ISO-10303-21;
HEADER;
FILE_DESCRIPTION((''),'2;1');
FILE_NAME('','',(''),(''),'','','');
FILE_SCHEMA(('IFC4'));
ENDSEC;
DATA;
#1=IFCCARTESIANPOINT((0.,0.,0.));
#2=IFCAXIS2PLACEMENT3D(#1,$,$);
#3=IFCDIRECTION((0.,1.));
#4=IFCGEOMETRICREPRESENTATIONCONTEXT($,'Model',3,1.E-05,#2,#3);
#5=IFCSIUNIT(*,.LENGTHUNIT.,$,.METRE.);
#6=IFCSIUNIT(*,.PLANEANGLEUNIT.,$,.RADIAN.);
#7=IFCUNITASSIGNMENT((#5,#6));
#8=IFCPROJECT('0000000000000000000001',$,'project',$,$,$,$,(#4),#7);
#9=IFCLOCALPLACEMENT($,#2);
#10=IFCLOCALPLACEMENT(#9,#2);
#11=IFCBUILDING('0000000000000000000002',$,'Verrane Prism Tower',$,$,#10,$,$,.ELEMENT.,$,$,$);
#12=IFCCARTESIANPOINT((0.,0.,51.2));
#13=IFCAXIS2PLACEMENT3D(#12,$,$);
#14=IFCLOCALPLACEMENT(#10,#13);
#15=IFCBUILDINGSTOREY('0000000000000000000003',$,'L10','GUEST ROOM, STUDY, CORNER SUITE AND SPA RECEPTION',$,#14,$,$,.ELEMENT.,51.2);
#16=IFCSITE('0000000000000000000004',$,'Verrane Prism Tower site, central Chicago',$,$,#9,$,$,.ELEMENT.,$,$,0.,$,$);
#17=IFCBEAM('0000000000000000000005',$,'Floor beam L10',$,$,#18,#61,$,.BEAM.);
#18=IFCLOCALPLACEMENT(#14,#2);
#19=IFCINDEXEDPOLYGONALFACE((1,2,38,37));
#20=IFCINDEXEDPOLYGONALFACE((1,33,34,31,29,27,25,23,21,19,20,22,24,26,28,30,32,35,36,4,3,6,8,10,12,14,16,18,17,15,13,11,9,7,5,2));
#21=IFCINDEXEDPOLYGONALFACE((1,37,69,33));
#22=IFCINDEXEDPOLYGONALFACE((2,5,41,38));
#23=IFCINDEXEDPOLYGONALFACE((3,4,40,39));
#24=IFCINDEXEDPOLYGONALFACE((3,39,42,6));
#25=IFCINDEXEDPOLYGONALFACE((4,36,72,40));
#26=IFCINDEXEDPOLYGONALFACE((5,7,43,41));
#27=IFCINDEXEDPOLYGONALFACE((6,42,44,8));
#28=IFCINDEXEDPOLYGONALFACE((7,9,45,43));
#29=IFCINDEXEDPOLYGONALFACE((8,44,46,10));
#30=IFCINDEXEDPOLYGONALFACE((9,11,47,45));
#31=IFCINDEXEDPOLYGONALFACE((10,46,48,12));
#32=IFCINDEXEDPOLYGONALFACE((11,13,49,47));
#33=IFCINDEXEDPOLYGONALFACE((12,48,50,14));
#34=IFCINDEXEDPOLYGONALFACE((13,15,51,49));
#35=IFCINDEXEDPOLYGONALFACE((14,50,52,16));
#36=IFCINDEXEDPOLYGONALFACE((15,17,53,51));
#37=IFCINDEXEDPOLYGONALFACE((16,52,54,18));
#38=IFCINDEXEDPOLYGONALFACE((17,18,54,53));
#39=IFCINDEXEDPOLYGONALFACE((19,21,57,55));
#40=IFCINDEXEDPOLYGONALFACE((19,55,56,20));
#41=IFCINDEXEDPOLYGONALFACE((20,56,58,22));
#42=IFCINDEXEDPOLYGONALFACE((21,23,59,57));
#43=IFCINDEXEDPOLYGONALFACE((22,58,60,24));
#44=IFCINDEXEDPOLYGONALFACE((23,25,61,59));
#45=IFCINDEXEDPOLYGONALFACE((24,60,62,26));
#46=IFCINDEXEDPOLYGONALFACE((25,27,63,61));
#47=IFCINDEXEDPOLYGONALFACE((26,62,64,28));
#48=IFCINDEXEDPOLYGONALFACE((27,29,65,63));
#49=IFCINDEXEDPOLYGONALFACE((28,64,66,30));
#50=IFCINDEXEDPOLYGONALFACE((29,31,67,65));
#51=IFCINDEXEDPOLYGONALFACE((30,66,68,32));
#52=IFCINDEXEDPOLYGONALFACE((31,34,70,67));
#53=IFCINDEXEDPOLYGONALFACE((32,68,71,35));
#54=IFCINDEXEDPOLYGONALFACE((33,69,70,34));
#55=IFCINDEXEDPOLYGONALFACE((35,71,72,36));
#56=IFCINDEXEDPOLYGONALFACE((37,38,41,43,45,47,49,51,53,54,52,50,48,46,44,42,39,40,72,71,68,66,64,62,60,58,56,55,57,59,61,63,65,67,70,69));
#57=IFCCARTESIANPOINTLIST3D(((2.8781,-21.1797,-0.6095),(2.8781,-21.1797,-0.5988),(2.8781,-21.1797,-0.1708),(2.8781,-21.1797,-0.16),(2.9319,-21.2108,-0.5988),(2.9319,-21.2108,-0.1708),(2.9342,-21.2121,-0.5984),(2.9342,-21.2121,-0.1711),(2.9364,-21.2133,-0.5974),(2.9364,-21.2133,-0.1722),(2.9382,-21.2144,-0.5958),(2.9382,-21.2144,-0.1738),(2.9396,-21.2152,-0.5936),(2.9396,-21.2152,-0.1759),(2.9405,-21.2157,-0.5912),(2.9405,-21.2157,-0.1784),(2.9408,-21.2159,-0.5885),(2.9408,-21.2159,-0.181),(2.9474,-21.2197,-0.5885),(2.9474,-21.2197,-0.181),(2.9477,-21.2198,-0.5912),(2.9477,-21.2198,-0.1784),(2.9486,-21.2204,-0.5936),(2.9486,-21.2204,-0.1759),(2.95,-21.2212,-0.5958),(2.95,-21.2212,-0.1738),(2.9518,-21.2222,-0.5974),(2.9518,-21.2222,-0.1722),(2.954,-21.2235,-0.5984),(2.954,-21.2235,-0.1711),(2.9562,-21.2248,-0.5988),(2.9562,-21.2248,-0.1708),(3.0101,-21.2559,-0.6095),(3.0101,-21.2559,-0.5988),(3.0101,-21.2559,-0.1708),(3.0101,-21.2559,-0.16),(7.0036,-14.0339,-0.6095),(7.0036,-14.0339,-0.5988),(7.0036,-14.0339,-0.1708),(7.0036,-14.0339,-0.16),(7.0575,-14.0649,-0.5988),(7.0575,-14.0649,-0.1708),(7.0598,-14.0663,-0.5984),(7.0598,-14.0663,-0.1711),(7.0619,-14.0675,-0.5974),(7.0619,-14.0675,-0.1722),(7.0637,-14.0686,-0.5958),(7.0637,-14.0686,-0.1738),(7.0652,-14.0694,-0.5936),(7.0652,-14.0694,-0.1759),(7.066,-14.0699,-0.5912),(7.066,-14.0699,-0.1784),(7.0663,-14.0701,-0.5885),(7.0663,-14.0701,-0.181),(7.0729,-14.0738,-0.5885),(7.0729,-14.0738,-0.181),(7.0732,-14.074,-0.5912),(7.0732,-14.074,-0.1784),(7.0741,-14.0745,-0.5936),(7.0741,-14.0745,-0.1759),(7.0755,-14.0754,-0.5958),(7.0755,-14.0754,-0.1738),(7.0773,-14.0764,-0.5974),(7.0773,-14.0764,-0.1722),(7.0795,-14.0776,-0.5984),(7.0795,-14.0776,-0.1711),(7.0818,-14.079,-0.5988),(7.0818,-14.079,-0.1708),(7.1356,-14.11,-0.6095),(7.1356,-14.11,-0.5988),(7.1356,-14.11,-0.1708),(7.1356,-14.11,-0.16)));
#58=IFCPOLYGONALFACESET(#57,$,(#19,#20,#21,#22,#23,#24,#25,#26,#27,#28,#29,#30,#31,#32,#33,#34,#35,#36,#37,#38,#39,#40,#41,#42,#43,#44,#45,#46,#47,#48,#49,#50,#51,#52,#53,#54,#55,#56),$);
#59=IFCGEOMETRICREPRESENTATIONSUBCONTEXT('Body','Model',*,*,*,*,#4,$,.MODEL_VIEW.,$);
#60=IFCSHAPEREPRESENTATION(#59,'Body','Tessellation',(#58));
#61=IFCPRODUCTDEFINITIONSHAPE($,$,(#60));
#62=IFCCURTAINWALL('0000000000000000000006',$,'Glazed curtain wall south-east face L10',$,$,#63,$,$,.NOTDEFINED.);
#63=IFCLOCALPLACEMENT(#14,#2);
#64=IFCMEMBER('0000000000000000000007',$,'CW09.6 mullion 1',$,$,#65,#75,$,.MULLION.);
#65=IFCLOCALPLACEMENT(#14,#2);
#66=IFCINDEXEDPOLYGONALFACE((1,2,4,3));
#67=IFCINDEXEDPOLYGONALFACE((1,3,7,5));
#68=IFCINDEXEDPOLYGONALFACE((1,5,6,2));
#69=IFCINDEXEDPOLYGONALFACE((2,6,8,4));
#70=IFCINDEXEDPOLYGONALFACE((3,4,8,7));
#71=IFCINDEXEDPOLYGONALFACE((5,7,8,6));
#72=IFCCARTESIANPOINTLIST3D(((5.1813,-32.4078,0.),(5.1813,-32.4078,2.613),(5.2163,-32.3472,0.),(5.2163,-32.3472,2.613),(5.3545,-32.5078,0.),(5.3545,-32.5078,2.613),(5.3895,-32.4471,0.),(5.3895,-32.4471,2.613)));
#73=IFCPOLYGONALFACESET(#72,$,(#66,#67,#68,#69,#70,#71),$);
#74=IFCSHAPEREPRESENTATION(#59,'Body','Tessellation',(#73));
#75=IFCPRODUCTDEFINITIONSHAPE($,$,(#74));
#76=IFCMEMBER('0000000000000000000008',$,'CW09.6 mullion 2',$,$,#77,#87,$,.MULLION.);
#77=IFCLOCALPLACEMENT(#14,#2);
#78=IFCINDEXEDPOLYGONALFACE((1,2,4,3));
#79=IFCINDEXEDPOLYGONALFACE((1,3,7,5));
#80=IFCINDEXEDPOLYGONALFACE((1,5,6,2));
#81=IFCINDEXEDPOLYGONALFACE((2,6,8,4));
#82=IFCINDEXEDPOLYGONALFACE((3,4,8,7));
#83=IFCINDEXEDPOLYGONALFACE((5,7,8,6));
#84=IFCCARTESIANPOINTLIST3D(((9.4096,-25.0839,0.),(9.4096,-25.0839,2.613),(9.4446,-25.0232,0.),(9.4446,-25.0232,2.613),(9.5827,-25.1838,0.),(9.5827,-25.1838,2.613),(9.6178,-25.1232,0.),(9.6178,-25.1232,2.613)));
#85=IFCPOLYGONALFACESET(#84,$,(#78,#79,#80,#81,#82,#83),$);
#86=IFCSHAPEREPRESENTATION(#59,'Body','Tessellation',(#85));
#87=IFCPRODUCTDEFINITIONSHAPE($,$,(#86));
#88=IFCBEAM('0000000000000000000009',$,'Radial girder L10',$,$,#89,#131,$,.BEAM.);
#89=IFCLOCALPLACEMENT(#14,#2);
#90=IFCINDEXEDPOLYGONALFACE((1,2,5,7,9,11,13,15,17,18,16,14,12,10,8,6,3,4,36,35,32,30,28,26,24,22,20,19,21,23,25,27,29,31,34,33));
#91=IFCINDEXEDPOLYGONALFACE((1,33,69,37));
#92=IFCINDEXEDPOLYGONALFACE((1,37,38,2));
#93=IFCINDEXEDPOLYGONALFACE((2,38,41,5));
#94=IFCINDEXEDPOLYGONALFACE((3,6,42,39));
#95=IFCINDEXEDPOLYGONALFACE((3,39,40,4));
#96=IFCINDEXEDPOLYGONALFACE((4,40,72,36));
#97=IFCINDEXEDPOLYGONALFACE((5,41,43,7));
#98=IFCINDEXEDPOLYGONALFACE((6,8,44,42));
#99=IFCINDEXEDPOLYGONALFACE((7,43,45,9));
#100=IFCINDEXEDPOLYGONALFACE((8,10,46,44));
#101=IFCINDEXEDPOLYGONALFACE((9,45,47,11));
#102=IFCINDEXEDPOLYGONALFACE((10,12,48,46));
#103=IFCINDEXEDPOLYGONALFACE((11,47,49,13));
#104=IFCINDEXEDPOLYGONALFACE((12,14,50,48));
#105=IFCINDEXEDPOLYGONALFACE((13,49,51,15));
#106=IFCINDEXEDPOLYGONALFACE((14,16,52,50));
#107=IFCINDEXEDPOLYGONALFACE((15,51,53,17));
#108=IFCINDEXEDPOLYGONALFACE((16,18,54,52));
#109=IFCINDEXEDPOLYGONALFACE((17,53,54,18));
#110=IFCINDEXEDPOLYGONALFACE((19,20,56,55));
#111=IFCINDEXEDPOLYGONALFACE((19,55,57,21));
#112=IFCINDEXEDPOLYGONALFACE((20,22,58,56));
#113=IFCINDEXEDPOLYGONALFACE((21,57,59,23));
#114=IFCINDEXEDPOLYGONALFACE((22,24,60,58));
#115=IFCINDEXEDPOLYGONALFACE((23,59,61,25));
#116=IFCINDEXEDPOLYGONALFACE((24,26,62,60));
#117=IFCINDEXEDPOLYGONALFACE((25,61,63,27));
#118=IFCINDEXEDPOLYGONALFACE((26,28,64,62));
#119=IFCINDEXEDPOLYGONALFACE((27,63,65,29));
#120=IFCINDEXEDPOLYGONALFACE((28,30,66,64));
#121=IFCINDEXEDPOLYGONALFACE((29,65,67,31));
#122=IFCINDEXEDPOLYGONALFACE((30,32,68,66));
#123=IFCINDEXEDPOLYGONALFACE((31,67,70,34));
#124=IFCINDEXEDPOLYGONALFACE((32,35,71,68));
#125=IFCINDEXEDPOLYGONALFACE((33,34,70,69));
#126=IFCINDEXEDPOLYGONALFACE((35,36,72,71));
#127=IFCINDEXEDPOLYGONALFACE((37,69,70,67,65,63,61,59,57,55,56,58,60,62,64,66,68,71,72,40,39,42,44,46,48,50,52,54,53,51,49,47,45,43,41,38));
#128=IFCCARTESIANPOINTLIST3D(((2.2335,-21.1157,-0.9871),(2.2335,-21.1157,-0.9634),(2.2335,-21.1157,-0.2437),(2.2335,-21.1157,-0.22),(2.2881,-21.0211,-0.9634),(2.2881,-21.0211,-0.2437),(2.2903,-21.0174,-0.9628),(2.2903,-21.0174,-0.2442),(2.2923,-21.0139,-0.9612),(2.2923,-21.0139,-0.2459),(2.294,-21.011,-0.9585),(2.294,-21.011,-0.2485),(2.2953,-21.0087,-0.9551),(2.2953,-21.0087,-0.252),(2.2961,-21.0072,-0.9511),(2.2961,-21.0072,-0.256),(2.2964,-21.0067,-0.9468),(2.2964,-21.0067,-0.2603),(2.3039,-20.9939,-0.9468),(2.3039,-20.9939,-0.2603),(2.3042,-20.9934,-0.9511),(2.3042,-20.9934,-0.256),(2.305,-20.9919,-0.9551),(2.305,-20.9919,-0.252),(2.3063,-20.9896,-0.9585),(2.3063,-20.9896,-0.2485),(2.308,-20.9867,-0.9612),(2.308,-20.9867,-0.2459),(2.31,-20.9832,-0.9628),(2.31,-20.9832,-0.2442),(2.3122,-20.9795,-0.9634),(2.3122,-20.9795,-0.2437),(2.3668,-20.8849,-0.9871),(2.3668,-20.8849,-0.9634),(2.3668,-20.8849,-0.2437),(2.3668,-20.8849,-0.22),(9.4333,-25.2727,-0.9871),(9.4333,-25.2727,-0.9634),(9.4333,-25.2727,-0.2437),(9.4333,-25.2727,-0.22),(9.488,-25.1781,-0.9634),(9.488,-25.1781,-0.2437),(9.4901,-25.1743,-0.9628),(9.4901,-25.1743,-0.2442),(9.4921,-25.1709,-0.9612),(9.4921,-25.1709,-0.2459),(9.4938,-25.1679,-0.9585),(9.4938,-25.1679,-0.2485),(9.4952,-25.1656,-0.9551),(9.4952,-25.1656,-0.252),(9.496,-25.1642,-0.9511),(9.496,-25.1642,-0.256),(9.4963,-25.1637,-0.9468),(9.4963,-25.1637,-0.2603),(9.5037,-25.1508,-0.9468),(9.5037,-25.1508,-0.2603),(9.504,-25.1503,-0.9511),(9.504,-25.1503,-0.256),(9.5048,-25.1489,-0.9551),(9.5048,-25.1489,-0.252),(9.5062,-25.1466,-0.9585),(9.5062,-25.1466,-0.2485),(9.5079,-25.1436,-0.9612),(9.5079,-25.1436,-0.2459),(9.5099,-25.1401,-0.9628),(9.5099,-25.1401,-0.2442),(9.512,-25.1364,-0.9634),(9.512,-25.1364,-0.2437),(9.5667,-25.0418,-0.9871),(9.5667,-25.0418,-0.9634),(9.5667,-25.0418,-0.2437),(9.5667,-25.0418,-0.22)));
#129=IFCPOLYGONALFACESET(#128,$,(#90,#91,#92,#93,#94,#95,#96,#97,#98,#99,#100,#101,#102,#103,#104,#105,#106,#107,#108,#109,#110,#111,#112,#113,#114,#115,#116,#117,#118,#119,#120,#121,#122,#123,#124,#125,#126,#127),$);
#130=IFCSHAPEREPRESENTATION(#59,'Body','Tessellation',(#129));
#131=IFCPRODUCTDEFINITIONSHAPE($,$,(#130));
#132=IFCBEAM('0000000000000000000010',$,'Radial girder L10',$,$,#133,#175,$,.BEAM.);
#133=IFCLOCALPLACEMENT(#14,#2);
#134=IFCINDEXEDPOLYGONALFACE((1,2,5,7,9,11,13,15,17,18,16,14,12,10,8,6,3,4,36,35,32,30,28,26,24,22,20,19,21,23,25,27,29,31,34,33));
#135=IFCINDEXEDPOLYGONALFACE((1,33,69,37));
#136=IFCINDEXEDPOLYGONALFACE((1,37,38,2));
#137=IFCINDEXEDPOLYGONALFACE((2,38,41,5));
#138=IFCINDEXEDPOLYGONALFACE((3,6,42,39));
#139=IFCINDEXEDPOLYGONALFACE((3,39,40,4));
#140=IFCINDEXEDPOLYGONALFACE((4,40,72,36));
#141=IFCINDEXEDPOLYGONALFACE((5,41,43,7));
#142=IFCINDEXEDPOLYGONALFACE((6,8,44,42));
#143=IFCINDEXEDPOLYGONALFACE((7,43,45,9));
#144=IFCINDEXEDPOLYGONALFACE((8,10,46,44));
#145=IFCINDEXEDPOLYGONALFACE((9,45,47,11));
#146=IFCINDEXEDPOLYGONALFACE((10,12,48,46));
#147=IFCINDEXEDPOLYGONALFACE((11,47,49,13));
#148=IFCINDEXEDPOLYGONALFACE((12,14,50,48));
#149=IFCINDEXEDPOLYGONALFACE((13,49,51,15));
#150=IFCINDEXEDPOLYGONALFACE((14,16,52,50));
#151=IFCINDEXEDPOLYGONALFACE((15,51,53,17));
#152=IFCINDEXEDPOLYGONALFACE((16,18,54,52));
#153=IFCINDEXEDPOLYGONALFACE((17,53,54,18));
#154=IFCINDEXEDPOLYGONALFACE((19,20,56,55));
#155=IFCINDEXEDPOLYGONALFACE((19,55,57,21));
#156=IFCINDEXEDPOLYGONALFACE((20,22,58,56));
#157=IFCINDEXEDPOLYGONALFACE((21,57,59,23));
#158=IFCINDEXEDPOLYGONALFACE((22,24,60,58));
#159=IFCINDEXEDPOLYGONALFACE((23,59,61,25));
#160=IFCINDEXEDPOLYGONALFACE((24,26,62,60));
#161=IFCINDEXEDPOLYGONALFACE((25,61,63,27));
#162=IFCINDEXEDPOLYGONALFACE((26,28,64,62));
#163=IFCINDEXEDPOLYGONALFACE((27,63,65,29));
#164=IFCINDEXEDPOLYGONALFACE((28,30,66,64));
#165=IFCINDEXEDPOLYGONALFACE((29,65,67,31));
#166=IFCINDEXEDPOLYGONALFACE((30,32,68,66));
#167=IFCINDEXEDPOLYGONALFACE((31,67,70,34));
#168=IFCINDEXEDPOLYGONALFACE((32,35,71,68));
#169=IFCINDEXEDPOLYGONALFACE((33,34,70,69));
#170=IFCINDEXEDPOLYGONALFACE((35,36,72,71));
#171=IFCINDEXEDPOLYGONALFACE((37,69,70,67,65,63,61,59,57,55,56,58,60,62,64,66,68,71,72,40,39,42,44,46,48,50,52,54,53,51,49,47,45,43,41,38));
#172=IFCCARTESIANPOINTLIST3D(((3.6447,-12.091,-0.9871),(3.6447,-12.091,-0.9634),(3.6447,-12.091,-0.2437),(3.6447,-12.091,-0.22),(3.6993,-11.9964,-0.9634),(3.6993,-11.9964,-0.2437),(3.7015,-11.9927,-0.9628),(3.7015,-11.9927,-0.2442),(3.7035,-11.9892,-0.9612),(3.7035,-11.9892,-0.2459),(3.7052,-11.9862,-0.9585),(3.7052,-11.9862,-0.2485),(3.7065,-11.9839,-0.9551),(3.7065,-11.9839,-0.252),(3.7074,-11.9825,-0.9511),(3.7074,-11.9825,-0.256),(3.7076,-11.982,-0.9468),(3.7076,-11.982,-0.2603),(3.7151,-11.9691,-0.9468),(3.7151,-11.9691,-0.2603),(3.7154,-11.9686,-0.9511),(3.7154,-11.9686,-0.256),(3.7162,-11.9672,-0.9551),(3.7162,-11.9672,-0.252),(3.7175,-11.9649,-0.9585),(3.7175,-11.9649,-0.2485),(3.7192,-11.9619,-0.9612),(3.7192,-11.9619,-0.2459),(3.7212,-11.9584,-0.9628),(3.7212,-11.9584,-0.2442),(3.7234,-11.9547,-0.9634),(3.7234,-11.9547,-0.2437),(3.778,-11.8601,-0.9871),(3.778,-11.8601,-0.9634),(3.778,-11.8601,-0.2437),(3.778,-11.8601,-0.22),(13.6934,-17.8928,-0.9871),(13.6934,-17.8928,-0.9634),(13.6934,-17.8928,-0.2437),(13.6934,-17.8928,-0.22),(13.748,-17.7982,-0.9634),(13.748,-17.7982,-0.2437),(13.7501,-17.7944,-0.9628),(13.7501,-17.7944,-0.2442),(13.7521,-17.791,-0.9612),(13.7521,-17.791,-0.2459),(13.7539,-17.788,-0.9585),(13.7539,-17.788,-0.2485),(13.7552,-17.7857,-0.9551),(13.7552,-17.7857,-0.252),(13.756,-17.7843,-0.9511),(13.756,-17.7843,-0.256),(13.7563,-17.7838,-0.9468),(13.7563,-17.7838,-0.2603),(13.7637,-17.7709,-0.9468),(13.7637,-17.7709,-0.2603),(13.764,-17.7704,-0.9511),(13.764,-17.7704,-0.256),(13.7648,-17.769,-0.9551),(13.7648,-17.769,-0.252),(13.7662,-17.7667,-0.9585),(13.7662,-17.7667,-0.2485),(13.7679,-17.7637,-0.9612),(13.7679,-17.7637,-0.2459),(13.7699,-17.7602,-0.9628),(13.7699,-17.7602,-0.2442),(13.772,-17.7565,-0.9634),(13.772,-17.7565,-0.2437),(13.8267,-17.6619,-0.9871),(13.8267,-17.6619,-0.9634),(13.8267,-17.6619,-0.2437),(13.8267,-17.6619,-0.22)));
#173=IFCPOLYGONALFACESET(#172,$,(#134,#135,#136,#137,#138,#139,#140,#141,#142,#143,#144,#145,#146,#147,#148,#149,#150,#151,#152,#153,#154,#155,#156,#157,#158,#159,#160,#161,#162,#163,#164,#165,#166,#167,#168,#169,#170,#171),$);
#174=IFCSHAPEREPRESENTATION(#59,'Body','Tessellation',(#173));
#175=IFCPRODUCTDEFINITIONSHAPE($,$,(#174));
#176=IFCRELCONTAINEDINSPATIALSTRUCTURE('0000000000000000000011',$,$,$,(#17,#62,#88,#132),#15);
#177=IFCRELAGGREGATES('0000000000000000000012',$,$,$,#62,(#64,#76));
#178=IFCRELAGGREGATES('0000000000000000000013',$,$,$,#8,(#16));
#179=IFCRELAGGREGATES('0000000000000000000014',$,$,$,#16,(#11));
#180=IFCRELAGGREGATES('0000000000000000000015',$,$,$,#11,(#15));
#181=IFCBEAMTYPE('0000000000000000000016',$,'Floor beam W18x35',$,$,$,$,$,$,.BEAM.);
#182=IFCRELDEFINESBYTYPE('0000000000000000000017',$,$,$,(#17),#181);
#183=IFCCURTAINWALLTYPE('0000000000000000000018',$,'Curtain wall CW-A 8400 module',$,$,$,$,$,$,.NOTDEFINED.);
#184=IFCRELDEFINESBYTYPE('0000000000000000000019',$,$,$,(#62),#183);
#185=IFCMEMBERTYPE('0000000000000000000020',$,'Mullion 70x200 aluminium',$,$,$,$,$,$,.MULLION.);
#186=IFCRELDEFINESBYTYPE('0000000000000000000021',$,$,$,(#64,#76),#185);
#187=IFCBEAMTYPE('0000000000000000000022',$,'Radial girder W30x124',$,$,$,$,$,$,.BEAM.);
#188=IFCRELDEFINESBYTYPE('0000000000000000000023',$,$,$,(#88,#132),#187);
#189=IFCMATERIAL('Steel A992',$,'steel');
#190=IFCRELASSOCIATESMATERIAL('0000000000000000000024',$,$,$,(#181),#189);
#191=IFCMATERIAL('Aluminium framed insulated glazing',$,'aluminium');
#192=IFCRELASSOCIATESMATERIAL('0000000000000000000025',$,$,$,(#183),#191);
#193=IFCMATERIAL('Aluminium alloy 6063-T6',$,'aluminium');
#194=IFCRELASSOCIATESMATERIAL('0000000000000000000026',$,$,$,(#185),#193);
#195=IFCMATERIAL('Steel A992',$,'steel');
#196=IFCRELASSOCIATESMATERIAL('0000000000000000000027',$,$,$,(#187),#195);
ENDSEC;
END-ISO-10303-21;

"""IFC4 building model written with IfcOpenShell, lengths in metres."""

from ifc_helpers import new_model, si_unit, direction, frame, origin, origin_2d, place, context, subcontext, project, spatial, rectangle, i_section, extrude, material, material_profile, profile_set, type_object, element, aggregate, save


model = new_model("IFC4")

# Units and contexts
model_context = context("Model", 3, precision=1e-05, world=origin(), true_north=direction((0.0, 1.0)))
body_context = subcontext(model_context, "Body", "Model", "MODEL_VIEW")
ifc_project = project(units=[si_unit("LENGTHUNIT", "METRE"), si_unit("PLANEANGLEUNIT", "RADIAN")], contexts=[model_context])

# Site, building, storey
site_placement = place(None, origin())
site = spatial("IfcSite", under=ifc_project, at=site_placement, Name="Verrane Prism Tower site, central Chicago", CompositionType="ELEMENT", RefElevation=0.0)
building_placement = place(site_placement, origin())
building = spatial("IfcBuilding", under=site, at=building_placement, Name="Verrane Prism Tower", CompositionType="ELEMENT")
storey_placement = place(building_placement, frame((0.0, 0.0, 51.2)))
storey = spatial("IfcBuildingStorey", under=building, at=storey_placement, Name="L10", Description="GUEST ROOM, STUDY, CORNER SUITE AND SPA RECEPTION", CompositionType="ELEMENT", Elevation=51.2)

# Beam
ifc_material_1 = material(Name="Steel A992", Category="steel")
ifc_material_profile_1 = material_profile(ifc_material_1, i_section(OverallWidth=0.1523, OverallDepth=0.4495, WebThickness=0.0076, FlangeThickness=0.0107, FilletRadius=0.0103, at=origin_2d()), Name="W18x35")
ifc_profile_set_1 = profile_set([ifc_material_profile_1], Name="Steel A992")
beam_type_1 = type_object("IfcBeamType", Name="Floor beam W18x35", PredefinedType="BEAM", material=ifc_profile_set_1)
beam_1_placement = place(storey_placement, frame((2.9441, -21.2178, -0.3848), z_axis=(0.49999, 0.866031, 0.0), x_axis=(-0.866031, 0.49999, 0.0)))
element("IfcBeam", 1, at=beam_1_placement, inside=storey, type_object=beam_type_1, Name="Floor beam L10", PredefinedType="BEAM", context=body_context, shape_type="SweptSolid", body=[
    extrude(i_section(OverallWidth=0.1523, OverallDepth=0.4495, WebThickness=0.0076, FlangeThickness=0.0107, FilletRadius=0.0103, at=origin_2d()), origin(), (0.0, 0.0, 1.0), 8.2512),
])

# Curtain wall, members
ifc_material_2 = material(Name="Aluminium framed insulated glazing", Category="aluminium")
curtain_wall_type = type_object("IfcCurtainWallType", Name="Curtain wall CW-A 8400 module", PredefinedType="NOTDEFINED", material=ifc_material_2)
curtain_wall_1_placement = place(storey_placement, origin())
curtain_wall_1 = element("IfcCurtainWall", 2, at=curtain_wall_1_placement, inside=storey, type_object=curtain_wall_type, Name="Glazed curtain wall south-east face L10", PredefinedType="NOTDEFINED")
ifc_material_3 = material(Name="Aluminium alloy 6063-T6", Category="aluminium")
ifc_material_profile_2 = material_profile(ifc_material_3, rectangle(XDim=0.2, YDim=0.0701, at=origin_2d()), Name="Mullion 70x200 aluminium")
ifc_profile_set_2 = profile_set([ifc_material_profile_2], Name="Aluminium alloy 6063-T6")
member_type_1 = type_object("IfcMemberType", Name="Mullion 70x200 aluminium", PredefinedType="MULLION", material=ifc_profile_set_2)
member_1_placement = place(storey_placement, frame((5.2854, -32.4275, 0.0), z_axis=(0.0, 0.0, 1.0), x_axis=(-0.866026, 0.499999, 0.0)))
member_1 = element("IfcMember", 3, at=member_1_placement, type_object=member_type_1, Name="CW09.6 mullion 1", PredefinedType="MULLION", context=body_context, shape_type="SweptSolid", body=[
    extrude(rectangle(XDim=0.2, YDim=0.0701, at=origin_2d()), origin(), (0.0, 0.0, 1.0), 2.613),
])
member_2_placement = place(storey_placement, frame((9.5137, -25.1035, 0.0), z_axis=(0.0, 0.0, 1.0), x_axis=(-0.866026, 0.499999, 0.0)))
member_2 = element("IfcMember", 4, at=member_2_placement, type_object=member_type_1, Name="CW09.6 mullion 2", PredefinedType="MULLION", context=body_context, shape_type="SweptSolid", body=[
    extrude(rectangle(XDim=0.2, YDim=0.0701, at=origin_2d()), origin(), (0.0, 0.0, 1.0), 2.613),
])

# Beams
ifc_material_4 = material(Name="Steel A992", Category="steel")
ifc_material_profile_3 = material_profile(ifc_material_4, i_section(OverallWidth=0.2666, OverallDepth=0.7671, WebThickness=0.0149, FlangeThickness=0.0237, FilletRadius=0.0166, at=origin_2d()), Name="W30x124")
ifc_profile_set_3 = profile_set([ifc_material_profile_3], Name="Steel A992")
beam_type_2 = type_object("IfcBeamType", Name="Radial girder W30x124", PredefinedType="BEAM", material=ifc_profile_set_3)
beam_2_placement = place(storey_placement, frame((9.5, -25.1572, -0.6035), z_axis=(-0.866021, 0.500008, 0.0), x_axis=(-0.500008, -0.866021, 0.0)))
element("IfcBeam", 5, at=beam_2_placement, inside=storey, type_object=beam_type_2, Name="Radial girder L10", PredefinedType="BEAM", context=body_context, shape_type="SweptSolid", body=[
    extrude(i_section(OverallWidth=0.2666, OverallDepth=0.7671, WebThickness=0.0149, FlangeThickness=0.0237, FilletRadius=0.0166, at=origin_2d()), origin(), (0.0, 0.0, 1.0), 8.3137),
])
beam_3_placement = place(storey_placement, frame((13.76, -17.7773, -0.6035), z_axis=(-0.866018, 0.500013, 0.0), x_axis=(-0.500013, -0.866018, 0.0)))
element("IfcBeam", 6, at=beam_3_placement, inside=storey, type_object=beam_type_2, Name="Radial girder L10", PredefinedType="BEAM", context=body_context, shape_type="SweptSolid", body=[
    extrude(i_section(OverallWidth=0.2666, OverallDepth=0.7671, WebThickness=0.0149, FlangeThickness=0.0237, FilletRadius=0.0166, at=origin_2d()), origin(), (0.0, 0.0, 1.0), 11.6033),
])

aggregate(curtain_wall_1, [member_1, member_2])

save(model, "model.ifc")
